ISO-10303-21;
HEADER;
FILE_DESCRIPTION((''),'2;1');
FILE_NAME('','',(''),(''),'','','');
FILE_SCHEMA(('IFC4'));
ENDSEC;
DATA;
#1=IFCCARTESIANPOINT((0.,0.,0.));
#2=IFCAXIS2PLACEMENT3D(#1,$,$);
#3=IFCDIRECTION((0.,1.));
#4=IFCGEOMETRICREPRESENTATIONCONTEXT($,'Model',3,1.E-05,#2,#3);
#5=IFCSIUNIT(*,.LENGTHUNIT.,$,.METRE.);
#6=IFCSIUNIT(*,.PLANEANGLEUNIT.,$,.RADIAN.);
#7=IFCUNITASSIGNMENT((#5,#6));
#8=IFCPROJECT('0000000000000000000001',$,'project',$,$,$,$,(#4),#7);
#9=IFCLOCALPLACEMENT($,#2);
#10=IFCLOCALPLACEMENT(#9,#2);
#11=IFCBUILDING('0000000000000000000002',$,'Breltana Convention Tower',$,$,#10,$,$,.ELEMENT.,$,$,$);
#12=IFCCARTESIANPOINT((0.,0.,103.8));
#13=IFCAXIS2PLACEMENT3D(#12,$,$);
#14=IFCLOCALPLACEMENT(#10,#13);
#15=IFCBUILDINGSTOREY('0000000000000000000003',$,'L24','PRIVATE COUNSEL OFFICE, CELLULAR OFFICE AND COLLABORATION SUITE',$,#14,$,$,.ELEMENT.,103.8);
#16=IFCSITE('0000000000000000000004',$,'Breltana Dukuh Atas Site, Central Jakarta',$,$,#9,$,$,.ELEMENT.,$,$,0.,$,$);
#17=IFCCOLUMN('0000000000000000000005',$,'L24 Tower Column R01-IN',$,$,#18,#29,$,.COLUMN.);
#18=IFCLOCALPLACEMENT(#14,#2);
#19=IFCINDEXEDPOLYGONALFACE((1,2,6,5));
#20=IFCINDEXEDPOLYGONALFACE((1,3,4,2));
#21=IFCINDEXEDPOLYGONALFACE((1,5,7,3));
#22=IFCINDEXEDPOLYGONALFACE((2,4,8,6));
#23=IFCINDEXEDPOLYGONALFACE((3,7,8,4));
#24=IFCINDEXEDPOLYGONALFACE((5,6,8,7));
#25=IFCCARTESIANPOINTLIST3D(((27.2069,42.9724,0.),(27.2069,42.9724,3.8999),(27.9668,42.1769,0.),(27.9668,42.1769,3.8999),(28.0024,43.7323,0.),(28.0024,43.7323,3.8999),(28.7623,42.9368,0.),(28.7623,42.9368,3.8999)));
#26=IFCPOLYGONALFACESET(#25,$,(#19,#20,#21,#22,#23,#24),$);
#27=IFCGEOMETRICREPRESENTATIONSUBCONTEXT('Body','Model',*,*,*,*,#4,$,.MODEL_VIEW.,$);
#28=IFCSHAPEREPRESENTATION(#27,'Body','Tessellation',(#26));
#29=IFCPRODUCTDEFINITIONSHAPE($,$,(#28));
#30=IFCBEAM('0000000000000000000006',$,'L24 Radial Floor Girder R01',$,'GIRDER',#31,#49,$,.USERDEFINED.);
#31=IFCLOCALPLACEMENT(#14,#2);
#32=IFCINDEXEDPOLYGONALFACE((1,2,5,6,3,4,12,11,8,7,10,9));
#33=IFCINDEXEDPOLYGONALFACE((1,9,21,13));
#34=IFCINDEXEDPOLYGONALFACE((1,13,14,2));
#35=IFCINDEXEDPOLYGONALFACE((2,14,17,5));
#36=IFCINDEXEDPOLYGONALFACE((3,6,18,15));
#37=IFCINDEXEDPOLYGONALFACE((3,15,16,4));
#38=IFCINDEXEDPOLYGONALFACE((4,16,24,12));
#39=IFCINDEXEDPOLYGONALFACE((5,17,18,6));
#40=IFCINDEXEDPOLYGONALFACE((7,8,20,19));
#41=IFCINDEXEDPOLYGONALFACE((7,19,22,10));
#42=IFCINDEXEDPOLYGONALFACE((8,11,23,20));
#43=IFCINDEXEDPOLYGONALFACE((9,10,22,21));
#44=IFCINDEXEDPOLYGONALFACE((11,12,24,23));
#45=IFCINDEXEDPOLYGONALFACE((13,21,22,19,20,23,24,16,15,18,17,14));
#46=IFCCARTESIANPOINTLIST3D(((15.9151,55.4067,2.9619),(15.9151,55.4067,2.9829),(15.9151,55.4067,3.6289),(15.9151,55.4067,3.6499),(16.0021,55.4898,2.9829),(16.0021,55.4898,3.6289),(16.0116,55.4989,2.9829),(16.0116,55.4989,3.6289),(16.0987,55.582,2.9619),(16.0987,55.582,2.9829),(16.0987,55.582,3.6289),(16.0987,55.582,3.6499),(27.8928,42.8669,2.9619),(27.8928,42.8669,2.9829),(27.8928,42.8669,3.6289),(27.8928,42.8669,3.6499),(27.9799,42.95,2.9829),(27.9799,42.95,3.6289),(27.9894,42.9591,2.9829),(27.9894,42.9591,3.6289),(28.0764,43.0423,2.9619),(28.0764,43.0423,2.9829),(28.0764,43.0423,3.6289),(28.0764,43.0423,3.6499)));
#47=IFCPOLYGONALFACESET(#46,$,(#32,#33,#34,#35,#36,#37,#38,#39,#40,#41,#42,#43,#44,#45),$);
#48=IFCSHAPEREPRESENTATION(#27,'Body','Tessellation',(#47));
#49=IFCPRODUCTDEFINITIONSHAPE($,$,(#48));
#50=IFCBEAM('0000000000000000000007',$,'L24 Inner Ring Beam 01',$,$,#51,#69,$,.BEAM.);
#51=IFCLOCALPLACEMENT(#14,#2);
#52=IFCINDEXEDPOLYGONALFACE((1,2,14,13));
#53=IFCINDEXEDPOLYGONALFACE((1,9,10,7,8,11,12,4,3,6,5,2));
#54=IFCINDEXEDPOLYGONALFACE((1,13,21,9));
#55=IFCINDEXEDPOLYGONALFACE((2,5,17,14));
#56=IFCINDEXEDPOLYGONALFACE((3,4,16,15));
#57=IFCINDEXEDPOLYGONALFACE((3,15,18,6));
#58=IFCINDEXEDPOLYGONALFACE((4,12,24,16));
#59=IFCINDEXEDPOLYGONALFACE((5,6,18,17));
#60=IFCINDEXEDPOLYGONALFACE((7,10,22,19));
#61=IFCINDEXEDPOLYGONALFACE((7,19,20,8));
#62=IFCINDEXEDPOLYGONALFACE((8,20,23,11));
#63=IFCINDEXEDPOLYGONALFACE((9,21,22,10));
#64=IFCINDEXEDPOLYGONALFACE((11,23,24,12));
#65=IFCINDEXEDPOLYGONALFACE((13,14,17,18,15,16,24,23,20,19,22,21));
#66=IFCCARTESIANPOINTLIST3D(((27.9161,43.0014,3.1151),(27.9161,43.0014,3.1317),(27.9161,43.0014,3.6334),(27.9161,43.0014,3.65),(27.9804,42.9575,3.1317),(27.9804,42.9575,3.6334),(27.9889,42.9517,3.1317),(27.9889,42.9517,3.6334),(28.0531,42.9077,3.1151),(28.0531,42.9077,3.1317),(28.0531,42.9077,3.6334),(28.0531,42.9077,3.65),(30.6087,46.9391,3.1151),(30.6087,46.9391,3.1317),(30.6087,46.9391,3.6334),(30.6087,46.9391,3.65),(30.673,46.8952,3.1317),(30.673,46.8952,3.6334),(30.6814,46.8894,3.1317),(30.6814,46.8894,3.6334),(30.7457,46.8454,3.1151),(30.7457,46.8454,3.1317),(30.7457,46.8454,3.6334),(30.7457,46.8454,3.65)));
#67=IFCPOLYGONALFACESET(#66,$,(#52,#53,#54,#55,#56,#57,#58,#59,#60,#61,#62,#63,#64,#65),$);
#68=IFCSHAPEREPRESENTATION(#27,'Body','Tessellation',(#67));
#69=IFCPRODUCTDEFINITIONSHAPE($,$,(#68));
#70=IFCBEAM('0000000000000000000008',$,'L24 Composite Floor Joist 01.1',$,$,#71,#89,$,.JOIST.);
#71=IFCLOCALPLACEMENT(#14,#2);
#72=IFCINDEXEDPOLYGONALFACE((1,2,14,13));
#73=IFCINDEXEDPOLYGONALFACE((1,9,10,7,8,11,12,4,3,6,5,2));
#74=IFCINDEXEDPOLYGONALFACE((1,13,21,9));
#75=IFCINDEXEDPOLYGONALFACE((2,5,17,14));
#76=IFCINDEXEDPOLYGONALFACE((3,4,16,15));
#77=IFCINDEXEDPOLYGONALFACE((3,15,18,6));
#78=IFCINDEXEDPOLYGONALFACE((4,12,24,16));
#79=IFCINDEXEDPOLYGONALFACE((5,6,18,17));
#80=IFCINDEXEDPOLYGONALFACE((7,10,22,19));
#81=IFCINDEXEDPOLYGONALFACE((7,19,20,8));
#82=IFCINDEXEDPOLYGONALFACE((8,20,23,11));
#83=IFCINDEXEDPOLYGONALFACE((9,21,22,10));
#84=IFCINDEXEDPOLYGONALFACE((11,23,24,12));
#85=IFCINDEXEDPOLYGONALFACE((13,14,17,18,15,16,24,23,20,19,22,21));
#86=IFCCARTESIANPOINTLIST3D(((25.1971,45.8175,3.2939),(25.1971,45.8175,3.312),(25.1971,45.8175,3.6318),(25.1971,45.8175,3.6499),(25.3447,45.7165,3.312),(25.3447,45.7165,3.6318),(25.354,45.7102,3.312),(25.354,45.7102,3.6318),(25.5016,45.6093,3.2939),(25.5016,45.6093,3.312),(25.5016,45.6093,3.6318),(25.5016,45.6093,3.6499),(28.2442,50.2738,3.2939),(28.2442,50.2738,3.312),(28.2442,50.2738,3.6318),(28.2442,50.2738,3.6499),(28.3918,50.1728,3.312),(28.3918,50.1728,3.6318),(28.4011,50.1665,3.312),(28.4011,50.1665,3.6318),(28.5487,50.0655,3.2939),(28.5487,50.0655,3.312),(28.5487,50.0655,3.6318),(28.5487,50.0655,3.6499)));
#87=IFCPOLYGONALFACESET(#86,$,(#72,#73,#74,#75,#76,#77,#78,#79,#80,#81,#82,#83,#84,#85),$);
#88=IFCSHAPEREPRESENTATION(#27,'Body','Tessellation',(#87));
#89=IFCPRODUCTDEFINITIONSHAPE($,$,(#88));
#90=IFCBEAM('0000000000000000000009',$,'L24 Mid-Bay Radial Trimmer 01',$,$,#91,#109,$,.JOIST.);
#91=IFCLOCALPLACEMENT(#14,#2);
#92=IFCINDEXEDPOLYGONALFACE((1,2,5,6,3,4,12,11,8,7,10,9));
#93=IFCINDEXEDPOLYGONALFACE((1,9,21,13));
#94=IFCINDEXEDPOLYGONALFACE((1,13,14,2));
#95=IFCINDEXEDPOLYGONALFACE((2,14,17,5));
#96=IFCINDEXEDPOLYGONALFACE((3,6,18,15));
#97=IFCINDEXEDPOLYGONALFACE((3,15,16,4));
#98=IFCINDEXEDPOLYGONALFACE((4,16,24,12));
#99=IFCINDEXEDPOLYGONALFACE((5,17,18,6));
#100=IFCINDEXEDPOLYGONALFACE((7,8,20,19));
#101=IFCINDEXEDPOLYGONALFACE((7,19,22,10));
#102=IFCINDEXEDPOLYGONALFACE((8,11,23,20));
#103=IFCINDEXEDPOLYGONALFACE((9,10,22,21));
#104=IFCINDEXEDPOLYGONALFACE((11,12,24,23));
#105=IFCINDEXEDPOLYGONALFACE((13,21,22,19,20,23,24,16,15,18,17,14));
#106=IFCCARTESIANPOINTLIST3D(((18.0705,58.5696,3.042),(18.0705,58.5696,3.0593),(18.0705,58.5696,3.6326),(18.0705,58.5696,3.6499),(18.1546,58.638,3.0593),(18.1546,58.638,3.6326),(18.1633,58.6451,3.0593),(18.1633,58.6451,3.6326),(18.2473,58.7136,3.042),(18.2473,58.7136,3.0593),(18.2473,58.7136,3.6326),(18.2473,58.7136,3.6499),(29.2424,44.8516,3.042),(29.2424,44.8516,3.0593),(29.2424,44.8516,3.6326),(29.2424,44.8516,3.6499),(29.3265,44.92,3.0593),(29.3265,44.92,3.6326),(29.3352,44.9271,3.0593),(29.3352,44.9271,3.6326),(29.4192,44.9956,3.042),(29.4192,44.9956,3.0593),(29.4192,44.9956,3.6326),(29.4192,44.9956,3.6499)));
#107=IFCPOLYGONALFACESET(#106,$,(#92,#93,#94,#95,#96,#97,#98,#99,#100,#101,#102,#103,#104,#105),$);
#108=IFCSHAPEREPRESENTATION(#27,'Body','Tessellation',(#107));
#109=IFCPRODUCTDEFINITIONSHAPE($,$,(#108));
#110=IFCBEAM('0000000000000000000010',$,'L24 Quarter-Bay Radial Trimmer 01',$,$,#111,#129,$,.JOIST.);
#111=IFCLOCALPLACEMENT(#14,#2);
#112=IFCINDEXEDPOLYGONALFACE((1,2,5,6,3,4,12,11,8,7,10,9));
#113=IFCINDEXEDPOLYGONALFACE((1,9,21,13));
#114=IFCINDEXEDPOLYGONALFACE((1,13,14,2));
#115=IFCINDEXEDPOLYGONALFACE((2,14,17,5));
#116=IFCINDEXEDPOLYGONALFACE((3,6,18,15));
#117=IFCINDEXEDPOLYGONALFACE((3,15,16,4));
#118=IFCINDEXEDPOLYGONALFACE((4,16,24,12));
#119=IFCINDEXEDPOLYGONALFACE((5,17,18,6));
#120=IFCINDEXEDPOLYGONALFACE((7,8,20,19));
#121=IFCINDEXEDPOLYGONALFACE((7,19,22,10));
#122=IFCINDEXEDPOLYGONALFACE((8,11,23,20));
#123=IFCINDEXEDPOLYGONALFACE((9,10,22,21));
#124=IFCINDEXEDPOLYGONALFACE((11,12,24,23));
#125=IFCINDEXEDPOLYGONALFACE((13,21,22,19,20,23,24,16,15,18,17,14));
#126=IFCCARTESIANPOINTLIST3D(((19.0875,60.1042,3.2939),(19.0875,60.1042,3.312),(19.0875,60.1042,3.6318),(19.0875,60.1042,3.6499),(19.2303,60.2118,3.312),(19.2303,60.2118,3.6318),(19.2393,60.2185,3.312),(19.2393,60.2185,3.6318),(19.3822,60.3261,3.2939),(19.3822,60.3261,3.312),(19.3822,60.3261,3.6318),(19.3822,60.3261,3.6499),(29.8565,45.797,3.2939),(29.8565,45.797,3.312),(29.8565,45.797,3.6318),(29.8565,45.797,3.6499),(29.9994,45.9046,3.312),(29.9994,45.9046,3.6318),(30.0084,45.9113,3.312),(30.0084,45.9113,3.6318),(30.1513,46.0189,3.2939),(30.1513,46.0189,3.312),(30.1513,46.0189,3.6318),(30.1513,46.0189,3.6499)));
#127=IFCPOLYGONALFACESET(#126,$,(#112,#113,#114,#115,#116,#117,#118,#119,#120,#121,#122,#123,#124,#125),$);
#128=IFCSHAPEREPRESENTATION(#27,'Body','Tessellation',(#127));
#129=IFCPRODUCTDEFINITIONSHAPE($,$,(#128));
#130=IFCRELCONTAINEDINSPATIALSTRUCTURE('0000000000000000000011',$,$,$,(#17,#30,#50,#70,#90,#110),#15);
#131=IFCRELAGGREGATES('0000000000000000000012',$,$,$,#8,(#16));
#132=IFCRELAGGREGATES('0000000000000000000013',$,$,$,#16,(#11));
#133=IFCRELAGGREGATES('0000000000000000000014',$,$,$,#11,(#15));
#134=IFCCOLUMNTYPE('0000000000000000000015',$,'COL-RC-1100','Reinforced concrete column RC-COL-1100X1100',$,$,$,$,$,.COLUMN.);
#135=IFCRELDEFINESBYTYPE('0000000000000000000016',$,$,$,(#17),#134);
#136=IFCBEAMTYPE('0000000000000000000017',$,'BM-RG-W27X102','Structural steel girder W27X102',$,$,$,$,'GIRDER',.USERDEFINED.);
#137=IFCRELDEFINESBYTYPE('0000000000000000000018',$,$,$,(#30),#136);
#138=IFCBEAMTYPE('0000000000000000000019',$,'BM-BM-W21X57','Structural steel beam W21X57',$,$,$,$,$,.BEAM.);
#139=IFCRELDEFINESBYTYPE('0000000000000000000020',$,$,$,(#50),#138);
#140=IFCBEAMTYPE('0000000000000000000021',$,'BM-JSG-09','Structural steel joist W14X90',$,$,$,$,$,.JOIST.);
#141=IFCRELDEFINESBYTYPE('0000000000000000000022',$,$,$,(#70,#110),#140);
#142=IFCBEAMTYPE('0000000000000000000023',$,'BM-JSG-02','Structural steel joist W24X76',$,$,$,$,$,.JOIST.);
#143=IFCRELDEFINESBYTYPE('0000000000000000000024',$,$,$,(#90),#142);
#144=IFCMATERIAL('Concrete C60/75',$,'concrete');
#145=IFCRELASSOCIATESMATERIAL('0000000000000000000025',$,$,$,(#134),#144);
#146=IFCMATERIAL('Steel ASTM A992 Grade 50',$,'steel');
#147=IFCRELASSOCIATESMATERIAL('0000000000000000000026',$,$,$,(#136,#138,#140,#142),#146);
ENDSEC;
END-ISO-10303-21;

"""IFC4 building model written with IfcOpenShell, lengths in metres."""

from ifc_helpers import new_model, si_unit, direction, frame, origin, origin_2d, place, context, subcontext, project, spatial, rectangle, i_section, extrude, source, transform, mapped, material, material_profile, profile_set, type_object, type_shapes, element, save


model = new_model("IFC4")

# Units and contexts
model_context = context("Model", 3, precision=1e-05, world=origin(), true_north=direction((0.0, 1.0)))
body_context = subcontext(model_context, "Body", "Model", "MODEL_VIEW")
ifc_project = project(units=[si_unit("LENGTHUNIT", "METRE"), si_unit("PLANEANGLEUNIT", "RADIAN")], contexts=[model_context])

# Site, building, storey
site_placement = place(None, origin())
site = spatial("IfcSite", under=ifc_project, at=site_placement, Name="Breltana Dukuh Atas Site, Central Jakarta", CompositionType="ELEMENT", RefElevation=0.0)
building_placement = place(site_placement, origin())
building = spatial("IfcBuilding", under=site, at=building_placement, Name="Breltana Convention Tower", CompositionType="ELEMENT")
storey_placement = place(building_placement, frame((0.0, 0.0, 103.8)))
storey = spatial("IfcBuildingStorey", under=building, at=storey_placement, Name="L24", Description="PRIVATE COUNSEL OFFICE, CELLULAR OFFICE AND COLLABORATION SUITE", CompositionType="ELEMENT", Elevation=103.8)

# Column
ifc_material_1 = material(Name="Concrete C60/75", Category="concrete")
ifc_material_profile_1 = material_profile(ifc_material_1, rectangle(XDim=1.1001, YDim=1.1001, at=origin_2d()), Name="RC-COL-1100X1100")
ifc_profile_set_1 = profile_set([ifc_material_profile_1], Name="Concrete C60/75")
column_type = type_object("IfcColumnType", Name="COL-RC-1100", Description="Reinforced concrete column RC-COL-1100X1100", PredefinedType="COLUMN", material=ifc_profile_set_1)
shared_shape_1 = source(origin(), body_context, "Body", "SweptSolid", [
    extrude(rectangle(XDim=1.1001, YDim=1.1001, at=origin_2d()), origin(), (0.0, 0.0, 1.0), 3.8999),
])
column_placement = place(storey_placement, frame((27.9846, 42.9546, 0.0), z_axis=(0.0, 0.0, 1.0), x_axis=(-0.690756, 0.723088, 0.0)))
element("IfcColumn", 1, at=column_placement, inside=storey, type_object=column_type, Name="L24 Tower Column R01-IN", PredefinedType="COLUMN", context=body_context, shape_type="MappedRepresentation", body=[
    mapped(shared_shape_1, transform((0.0, 0.0, 0.0), scale=1.0)),
])

# Beams
ifc_material_2 = material(Name="Steel ASTM A992 Grade 50", Category="steel")
ifc_material_profile_2 = material_profile(ifc_material_2, i_section(OverallWidth=0.2539, OverallDepth=0.688, WebThickness=0.0132, FlangeThickness=0.021, at=origin_2d()), Name="W27X102")
ifc_profile_set_2 = profile_set([ifc_material_profile_2], Name="Steel ASTM A992 Grade 50")
beam_type_1 = type_object("IfcBeamType", Name="BM-RG-W27X102", Description="Structural steel girder W27X102", ElementType="GIRDER", PredefinedType="USERDEFINED", material=ifc_profile_set_2)
shared_shape_2 = source(origin(), body_context, "Body", "SweptSolid", [
    extrude(i_section(OverallWidth=0.2539, OverallDepth=0.688, WebThickness=0.0132, FlangeThickness=0.021, at=origin_2d()), origin(), (0.0, 0.0, 1.0), 17.3411),
])
type_shapes(beam_type_1, [shared_shape_2])
beam_1_placement = place(storey_placement, frame((27.9846, 42.9546, 3.3059), z_axis=(-0.690716, 0.723126, 0.0), x_axis=(-0.723126, -0.690716, 0.0)))
element("IfcBeam", 2, at=beam_1_placement, inside=storey, type_object=beam_type_1, Name="L24 Radial Floor Girder R01", ObjectType="GIRDER", PredefinedType="USERDEFINED", context=body_context, shape_type="MappedRepresentation", body=[
    mapped(shared_shape_2, transform((0.0, 0.0, 0.0), scale=1.0)),
])
ifc_material_profile_3 = material_profile(ifc_material_2, i_section(OverallWidth=0.166, OverallDepth=0.5349, WebThickness=0.0103, FlangeThickness=0.0166, at=origin_2d()), Name="W21X57")
ifc_profile_set_3 = profile_set([ifc_material_profile_3], Name="Steel ASTM A992 Grade 50")
beam_type_2 = type_object("IfcBeamType", Name="BM-BM-W21X57", Description="Structural steel beam W21X57", PredefinedType="BEAM", material=ifc_profile_set_3)
shared_shape_3 = source(origin(), body_context, "Body", "SweptSolid", [
    extrude(i_section(OverallWidth=0.166, OverallDepth=0.5349, WebThickness=0.0103, FlangeThickness=0.0166, at=origin_2d()), origin(), (0.0, 0.0, 1.0), 4.7703),
])
beam_2_placement = place(storey_placement, frame((27.9846, 42.9546, 3.3826), z_axis=(0.564453, 0.825465, 0.0), x_axis=(-0.825465, 0.564453, 0.0)))
element("IfcBeam", 3, at=beam_2_placement, inside=storey, type_object=beam_type_2, Name="L24 Inner Ring Beam 01", PredefinedType="BEAM", context=body_context, shape_type="MappedRepresentation", body=[
    mapped(shared_shape_3, transform((0.0, 0.0, 0.0), scale=1.0)),
])
ifc_material_profile_4 = material_profile(ifc_material_2, i_section(OverallWidth=0.3689, OverallDepth=0.356, WebThickness=0.0112, FlangeThickness=0.0181, at=origin_2d()), Name="W14X90")
ifc_profile_set_4 = profile_set([ifc_material_profile_4], Name="Steel ASTM A992 Grade 50")
beam_type_3 = type_object("IfcBeamType", Name="BM-JSG-09", Description="Structural steel joist W14X90", PredefinedType="JOIST", material=ifc_profile_set_4)
shared_shape_4 = source(origin(), body_context, "Body", "SweptSolid", [
    extrude(i_section(OverallWidth=0.3689, OverallDepth=0.356, WebThickness=0.0112, FlangeThickness=0.0181, at=origin_2d()), origin(), (0.0, 0.0, 1.0), 5.3984),
])
beam_3_placement = place(storey_placement, frame((25.3494, 45.7134, 3.4719), z_axis=(0.564441, 0.825474, 0.0), x_axis=(-0.825474, 0.564441, 0.0)))
element("IfcBeam", 4, at=beam_3_placement, inside=storey, type_object=beam_type_3, Name="L24 Composite Floor Joist 01.1", PredefinedType="JOIST", context=body_context, shape_type="MappedRepresentation", body=[
    mapped(shared_shape_4, transform((0.0, 0.0, 0.0), scale=1.0)),
])
ifc_material_profile_5 = material_profile(ifc_material_2, i_section(OverallWidth=0.228, OverallDepth=0.6079, WebThickness=0.0112, FlangeThickness=0.0173, at=origin_2d()), Name="W24X76")
ifc_profile_set_5 = profile_set([ifc_material_profile_5], Name="Steel ASTM A992 Grade 50")
beam_type_4 = type_object("IfcBeamType", Name="BM-JSG-02", Description="Structural steel joist W24X76", PredefinedType="JOIST", material=ifc_profile_set_5)
shared_shape_5 = source(origin(), body_context, "Body", "SweptSolid", [
    extrude(i_section(OverallWidth=0.228, OverallDepth=0.6079, WebThickness=0.0112, FlangeThickness=0.0173, at=origin_2d()), origin(), (0.0, 0.0, 1.0), 17.6917),
])
type_shapes(beam_type_4, [shared_shape_5])
beam_4_placement = place(storey_placement, frame((29.3308, 44.9236, 3.3459), z_axis=(-0.631477, 0.775395, 0.0), x_axis=(-0.775395, -0.631477, 0.0)))
element("IfcBeam", 5, at=beam_4_placement, inside=storey, type_object=beam_type_4, Name="L24 Mid-Bay Radial Trimmer 01", PredefinedType="JOIST", context=body_context, shape_type="MappedRepresentation", body=[
    mapped(shared_shape_5, transform((0.0, 0.0, 0.0), scale=1.0)),
])
shared_shape_6 = source(origin(), body_context, "Body", "SweptSolid", [
    extrude(i_section(OverallWidth=0.3689, OverallDepth=0.356, WebThickness=0.0112, FlangeThickness=0.0181, at=origin_2d()), origin(), (0.0, 0.0, 1.0), 17.9072),
])
beam_5_placement = place(storey_placement, frame((30.0039, 45.908, 3.4719), z_axis=(-0.601382, 0.798962, 0.0), x_axis=(-0.798962, -0.601382, 0.0)))
element("IfcBeam", 6, at=beam_5_placement, inside=storey, type_object=beam_type_3, Name="L24 Quarter-Bay Radial Trimmer 01", PredefinedType="JOIST", context=body_context, shape_type="MappedRepresentation", body=[
    mapped(shared_shape_6, transform((0.0, 0.0, 0.0), scale=1.0)),
])

save(model, "model.ifc")
